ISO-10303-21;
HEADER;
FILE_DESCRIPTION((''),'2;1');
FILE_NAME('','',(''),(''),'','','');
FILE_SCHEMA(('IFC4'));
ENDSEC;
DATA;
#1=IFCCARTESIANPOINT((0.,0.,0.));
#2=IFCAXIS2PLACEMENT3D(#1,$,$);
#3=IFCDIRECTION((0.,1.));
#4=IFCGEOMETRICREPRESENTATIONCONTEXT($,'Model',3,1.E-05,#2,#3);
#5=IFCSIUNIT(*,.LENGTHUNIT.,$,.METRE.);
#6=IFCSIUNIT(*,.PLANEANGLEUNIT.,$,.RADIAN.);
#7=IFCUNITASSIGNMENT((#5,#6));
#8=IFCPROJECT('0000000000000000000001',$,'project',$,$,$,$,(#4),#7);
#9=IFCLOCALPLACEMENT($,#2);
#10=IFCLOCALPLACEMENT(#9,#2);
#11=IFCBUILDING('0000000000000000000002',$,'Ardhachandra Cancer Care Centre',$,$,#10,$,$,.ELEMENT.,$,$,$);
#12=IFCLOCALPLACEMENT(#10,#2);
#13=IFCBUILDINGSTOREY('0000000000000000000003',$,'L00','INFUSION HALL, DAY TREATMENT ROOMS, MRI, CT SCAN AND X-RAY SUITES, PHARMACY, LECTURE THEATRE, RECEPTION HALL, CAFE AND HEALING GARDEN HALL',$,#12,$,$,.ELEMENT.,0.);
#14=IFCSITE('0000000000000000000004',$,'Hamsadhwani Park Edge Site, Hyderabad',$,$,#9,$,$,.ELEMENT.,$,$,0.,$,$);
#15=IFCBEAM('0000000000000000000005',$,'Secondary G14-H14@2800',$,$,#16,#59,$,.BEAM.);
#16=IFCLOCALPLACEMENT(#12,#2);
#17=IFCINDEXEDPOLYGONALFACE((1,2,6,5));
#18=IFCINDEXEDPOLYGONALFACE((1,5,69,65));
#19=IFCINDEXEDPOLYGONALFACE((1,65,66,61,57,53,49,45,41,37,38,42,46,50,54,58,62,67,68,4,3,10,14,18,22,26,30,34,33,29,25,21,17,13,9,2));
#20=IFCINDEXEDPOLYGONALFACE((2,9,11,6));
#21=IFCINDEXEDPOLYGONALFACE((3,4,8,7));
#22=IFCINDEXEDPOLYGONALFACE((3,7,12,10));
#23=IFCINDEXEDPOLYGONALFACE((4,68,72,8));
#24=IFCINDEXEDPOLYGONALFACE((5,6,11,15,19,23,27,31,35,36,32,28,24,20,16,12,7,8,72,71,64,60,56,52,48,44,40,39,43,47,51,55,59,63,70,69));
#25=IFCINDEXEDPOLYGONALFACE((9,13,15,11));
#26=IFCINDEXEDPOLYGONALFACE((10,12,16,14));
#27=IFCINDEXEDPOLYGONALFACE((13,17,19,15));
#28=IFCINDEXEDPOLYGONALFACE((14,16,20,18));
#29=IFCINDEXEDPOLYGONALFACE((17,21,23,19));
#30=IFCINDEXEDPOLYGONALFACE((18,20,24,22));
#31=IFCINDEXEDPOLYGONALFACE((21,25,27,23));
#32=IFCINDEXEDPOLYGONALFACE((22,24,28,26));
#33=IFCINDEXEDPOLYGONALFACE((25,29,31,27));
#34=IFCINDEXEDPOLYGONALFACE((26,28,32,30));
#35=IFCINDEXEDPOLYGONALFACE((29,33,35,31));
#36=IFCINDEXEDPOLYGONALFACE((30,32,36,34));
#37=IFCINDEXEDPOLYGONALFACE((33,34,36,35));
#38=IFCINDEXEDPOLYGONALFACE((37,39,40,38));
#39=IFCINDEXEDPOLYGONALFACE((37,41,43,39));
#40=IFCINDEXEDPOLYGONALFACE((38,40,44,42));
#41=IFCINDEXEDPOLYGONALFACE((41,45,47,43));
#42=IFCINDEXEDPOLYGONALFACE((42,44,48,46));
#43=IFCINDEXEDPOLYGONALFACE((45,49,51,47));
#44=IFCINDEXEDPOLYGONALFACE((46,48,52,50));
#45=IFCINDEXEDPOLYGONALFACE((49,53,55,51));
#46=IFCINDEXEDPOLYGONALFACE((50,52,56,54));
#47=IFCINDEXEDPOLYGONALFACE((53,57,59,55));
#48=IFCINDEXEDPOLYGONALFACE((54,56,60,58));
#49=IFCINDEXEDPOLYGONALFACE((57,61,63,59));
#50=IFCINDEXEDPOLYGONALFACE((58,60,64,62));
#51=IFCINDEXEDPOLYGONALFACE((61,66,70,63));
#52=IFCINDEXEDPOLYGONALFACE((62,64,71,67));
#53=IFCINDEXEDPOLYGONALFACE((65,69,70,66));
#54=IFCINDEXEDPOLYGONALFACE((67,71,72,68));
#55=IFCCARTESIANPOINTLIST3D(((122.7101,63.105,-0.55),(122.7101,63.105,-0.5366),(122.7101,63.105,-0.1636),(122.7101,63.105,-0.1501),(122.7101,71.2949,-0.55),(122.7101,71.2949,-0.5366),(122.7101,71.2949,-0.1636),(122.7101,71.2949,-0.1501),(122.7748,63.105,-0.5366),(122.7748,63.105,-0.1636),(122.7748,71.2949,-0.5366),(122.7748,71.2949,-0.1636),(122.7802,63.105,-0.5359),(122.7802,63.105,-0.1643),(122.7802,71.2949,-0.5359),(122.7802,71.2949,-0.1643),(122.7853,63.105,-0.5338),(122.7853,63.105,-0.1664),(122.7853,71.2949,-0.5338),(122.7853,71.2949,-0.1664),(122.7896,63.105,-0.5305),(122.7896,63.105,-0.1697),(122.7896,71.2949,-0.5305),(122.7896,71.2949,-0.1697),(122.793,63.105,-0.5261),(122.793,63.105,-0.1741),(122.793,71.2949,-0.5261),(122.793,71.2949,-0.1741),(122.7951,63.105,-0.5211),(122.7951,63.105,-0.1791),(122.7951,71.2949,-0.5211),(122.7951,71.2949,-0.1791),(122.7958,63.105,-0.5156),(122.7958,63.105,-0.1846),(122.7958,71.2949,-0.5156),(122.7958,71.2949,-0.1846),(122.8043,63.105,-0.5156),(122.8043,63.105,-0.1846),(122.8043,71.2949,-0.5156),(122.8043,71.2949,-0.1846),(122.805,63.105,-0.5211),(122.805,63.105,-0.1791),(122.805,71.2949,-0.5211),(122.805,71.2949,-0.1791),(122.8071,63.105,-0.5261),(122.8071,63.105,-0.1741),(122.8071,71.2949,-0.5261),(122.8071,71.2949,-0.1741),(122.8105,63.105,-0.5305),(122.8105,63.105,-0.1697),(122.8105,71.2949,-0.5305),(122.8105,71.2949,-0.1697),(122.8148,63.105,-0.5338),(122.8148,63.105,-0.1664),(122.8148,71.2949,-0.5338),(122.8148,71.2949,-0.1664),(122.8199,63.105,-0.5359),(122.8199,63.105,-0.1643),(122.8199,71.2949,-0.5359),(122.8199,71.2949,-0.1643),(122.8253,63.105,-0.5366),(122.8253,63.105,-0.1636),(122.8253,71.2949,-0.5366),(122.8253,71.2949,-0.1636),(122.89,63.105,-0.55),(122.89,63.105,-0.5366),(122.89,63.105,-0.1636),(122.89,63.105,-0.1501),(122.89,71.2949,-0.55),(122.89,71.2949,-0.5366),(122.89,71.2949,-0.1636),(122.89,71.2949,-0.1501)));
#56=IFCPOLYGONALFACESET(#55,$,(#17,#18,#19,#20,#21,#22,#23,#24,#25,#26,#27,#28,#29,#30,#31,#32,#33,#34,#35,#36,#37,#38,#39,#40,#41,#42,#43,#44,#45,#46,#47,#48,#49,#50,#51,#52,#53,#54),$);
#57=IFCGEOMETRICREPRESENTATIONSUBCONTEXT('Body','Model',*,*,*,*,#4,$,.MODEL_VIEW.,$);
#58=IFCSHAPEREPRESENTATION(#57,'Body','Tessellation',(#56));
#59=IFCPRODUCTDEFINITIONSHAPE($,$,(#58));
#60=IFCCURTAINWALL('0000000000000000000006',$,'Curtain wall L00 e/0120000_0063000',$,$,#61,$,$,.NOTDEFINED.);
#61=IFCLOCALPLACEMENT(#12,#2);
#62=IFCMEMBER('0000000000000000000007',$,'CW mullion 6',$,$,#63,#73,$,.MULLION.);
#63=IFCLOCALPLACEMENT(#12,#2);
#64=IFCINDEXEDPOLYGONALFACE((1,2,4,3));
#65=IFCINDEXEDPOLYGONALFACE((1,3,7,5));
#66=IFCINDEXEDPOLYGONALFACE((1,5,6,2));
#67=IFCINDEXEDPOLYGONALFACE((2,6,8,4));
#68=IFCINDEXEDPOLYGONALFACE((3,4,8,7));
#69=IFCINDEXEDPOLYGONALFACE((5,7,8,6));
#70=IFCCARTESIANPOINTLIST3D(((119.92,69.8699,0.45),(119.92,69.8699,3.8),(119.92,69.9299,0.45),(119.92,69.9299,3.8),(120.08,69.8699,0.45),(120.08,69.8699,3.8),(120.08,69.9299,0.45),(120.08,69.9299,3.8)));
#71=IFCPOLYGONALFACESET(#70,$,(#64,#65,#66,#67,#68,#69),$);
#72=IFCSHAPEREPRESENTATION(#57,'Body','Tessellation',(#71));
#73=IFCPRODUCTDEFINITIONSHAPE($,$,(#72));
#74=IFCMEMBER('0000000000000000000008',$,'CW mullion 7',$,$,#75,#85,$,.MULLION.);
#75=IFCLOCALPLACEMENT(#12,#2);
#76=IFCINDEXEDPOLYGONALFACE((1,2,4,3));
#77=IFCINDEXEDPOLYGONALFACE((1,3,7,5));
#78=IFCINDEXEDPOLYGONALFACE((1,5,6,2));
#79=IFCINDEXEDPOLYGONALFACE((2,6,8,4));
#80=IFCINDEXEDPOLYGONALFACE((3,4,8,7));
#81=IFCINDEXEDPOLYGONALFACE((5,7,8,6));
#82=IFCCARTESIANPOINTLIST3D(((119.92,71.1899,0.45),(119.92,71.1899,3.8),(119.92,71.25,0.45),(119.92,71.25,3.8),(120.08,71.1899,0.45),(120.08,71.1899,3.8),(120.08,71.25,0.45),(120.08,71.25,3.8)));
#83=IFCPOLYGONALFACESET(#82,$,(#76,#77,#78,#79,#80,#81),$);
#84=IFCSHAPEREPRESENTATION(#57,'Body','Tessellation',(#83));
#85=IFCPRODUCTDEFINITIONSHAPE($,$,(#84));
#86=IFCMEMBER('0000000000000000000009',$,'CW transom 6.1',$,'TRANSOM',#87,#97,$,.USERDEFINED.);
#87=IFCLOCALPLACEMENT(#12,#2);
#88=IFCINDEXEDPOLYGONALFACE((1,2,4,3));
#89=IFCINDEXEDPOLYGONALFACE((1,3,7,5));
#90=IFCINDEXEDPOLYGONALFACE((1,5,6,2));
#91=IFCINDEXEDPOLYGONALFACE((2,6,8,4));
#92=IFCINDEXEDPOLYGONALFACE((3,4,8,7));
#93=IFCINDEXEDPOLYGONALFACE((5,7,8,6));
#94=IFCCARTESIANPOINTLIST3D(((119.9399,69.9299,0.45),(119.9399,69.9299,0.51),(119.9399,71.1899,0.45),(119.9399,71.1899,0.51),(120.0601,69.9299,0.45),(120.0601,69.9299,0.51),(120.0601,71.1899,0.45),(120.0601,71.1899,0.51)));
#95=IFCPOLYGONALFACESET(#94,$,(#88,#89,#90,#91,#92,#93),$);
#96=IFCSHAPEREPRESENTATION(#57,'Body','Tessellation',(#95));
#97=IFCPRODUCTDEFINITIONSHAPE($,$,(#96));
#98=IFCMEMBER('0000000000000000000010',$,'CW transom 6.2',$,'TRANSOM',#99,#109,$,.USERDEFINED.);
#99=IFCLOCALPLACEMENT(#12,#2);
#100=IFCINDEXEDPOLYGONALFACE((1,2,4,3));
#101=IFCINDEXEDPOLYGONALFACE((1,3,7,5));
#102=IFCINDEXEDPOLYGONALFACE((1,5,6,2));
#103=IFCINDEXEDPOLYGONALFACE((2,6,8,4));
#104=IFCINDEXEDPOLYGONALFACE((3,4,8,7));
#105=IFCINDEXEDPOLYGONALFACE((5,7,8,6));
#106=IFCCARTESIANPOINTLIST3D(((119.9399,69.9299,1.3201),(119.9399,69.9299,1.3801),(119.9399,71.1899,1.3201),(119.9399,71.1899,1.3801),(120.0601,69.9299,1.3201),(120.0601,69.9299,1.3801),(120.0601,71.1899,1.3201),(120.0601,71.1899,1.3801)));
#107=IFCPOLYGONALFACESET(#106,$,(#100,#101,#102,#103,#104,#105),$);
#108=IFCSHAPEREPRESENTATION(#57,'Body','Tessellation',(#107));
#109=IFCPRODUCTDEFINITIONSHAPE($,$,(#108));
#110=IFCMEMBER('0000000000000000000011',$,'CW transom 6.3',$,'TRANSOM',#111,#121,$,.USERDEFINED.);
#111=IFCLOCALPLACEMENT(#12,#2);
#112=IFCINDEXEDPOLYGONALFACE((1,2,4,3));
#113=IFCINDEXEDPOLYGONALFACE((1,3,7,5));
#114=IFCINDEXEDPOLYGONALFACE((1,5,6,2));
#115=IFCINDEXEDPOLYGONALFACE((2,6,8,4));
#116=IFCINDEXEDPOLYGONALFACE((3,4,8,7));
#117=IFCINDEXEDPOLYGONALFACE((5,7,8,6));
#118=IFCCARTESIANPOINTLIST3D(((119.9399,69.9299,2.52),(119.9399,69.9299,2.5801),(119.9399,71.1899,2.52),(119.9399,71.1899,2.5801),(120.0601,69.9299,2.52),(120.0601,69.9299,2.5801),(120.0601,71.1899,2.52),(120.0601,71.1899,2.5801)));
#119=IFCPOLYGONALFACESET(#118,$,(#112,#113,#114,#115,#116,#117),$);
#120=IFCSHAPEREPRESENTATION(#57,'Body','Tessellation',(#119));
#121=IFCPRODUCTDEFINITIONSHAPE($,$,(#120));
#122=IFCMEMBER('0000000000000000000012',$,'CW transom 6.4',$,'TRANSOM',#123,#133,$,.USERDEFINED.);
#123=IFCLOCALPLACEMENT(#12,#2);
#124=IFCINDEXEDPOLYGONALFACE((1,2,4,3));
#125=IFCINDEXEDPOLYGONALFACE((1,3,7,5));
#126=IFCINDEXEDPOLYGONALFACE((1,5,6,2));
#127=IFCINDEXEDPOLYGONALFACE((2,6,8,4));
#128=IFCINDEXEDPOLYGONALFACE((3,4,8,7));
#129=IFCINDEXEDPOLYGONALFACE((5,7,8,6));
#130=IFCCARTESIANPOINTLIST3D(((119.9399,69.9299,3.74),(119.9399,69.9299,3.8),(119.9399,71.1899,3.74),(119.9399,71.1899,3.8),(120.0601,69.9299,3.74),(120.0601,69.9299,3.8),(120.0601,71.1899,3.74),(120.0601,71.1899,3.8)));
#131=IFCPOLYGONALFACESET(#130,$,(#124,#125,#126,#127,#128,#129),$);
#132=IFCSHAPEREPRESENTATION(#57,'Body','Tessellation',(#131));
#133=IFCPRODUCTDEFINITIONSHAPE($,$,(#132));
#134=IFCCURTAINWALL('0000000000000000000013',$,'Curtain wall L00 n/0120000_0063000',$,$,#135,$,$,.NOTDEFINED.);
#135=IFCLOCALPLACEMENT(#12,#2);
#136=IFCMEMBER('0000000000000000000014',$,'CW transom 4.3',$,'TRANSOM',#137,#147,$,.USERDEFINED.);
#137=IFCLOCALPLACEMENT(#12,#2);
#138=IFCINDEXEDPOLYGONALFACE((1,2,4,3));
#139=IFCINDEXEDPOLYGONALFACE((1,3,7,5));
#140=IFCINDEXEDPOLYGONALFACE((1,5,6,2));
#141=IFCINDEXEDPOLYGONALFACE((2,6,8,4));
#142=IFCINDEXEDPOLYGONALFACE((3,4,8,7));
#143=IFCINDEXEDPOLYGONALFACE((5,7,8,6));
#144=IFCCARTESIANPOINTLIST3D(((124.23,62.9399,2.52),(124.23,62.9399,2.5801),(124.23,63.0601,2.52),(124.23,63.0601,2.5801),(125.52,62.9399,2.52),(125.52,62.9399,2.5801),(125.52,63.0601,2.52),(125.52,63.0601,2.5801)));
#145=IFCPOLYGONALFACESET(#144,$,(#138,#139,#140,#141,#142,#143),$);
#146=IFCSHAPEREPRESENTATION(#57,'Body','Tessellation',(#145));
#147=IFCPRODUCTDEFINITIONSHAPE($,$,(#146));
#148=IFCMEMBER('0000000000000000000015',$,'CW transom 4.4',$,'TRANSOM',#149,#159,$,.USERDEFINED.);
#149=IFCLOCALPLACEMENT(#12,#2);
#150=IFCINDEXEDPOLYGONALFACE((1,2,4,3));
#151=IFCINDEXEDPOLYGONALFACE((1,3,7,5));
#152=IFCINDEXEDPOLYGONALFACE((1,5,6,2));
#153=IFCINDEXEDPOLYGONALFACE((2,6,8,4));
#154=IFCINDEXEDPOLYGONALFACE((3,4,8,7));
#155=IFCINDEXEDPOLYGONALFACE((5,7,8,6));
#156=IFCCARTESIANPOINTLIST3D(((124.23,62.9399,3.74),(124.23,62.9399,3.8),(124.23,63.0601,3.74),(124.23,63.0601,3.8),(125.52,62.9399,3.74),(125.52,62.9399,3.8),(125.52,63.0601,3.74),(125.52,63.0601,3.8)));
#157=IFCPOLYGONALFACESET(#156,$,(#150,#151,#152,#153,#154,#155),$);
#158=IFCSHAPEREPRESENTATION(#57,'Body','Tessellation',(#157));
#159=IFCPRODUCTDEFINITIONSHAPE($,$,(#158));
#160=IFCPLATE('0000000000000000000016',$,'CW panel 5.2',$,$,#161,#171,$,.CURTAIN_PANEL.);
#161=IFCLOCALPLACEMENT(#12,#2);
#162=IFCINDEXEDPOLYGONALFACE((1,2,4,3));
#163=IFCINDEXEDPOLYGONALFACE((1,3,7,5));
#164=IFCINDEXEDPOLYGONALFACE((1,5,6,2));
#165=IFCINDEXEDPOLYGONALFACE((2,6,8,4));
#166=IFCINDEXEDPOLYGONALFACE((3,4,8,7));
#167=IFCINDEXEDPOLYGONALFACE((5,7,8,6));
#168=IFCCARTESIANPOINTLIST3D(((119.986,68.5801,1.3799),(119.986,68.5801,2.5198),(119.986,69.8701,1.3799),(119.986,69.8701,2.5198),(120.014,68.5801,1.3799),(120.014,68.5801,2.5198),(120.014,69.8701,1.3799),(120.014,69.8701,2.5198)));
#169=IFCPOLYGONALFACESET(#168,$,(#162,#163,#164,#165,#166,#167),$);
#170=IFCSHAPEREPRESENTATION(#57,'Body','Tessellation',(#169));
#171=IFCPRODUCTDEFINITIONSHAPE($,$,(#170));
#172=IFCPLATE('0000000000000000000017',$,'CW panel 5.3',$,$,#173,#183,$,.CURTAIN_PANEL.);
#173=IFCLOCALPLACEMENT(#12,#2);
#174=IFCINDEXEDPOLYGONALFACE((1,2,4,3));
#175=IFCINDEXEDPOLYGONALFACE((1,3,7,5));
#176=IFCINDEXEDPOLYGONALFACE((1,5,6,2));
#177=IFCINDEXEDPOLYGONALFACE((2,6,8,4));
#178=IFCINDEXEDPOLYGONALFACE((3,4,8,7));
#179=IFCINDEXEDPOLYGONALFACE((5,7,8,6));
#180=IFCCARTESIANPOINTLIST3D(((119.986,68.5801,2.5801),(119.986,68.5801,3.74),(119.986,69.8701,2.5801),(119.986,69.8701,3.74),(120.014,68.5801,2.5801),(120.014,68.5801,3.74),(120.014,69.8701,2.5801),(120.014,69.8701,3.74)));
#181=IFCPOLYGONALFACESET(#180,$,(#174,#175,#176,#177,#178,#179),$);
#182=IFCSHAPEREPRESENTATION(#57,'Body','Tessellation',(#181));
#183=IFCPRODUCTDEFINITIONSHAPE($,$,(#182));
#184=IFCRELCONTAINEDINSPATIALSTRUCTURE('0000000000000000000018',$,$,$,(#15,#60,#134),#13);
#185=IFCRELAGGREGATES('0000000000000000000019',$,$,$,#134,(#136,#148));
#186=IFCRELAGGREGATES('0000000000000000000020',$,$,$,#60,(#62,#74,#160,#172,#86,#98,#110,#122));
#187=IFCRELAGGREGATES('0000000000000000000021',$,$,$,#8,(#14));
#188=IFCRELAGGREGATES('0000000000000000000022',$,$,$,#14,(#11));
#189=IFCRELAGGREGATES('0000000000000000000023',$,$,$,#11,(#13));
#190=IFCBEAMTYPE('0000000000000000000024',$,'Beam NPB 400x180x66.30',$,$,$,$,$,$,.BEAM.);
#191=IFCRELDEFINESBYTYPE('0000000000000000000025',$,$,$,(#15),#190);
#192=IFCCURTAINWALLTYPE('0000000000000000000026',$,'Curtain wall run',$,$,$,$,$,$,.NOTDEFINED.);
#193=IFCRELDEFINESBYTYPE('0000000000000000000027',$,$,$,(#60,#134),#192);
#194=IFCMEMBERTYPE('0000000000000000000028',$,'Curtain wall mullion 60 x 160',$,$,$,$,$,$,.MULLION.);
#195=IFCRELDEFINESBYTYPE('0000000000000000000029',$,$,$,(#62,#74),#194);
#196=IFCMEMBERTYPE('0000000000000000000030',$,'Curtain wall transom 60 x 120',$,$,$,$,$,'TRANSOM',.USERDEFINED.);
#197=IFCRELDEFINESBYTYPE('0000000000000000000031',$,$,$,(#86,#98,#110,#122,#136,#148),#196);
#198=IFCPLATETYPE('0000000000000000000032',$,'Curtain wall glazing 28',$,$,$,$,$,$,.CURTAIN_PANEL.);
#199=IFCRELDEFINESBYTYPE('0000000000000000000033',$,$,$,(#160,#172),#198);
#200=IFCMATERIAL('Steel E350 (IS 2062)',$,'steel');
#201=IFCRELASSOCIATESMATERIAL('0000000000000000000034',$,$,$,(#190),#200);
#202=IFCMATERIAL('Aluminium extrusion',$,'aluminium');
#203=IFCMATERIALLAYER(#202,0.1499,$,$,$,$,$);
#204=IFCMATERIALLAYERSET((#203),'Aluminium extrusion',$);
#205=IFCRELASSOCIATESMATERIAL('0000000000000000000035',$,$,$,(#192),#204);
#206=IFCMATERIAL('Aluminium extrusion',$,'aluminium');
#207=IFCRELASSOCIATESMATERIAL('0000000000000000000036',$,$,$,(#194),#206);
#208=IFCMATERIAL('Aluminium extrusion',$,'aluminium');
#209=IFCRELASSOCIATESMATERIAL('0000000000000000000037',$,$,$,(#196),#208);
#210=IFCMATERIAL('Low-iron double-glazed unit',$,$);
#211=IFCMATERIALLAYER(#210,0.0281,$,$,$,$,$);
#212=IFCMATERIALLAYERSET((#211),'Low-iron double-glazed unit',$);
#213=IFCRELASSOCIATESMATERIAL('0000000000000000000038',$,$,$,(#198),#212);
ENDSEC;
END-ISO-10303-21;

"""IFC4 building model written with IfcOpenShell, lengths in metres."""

from ifc_helpers import new_model, si_unit, direction, frame, origin, origin_2d, place, context, subcontext, project, spatial, rectangle, i_section, extrude, material, layer, layer_set, material_profile, profile_set, type_object, element, aggregate, save


model = new_model("IFC4")

# Units and contexts
model_context = context("Model", 3, precision=1e-05, world=origin(), true_north=direction((0.0, 1.0)))
body_context = subcontext(model_context, "Body", "Model", "MODEL_VIEW")
ifc_project = project(units=[si_unit("LENGTHUNIT", "METRE"), si_unit("PLANEANGLEUNIT", "RADIAN")], contexts=[model_context])

# Site, building, storey
site_placement = place(None, origin())
site = spatial("IfcSite", under=ifc_project, at=site_placement, Name="Hamsadhwani Park Edge Site, Hyderabad", CompositionType="ELEMENT", RefElevation=0.0)
building_placement = place(site_placement, origin())
building = spatial("IfcBuilding", under=site, at=building_placement, Name="Ardhachandra Cancer Care Centre", CompositionType="ELEMENT")
storey_placement = place(building_placement, origin())
storey = spatial("IfcBuildingStorey", under=building, at=storey_placement, Name="L00", Description="INFUSION HALL, DAY TREATMENT ROOMS, MRI, CT SCAN AND X-RAY SUITES, PHARMACY, LECTURE THEATRE, RECEPTION HALL, CAFE AND HEALING GARDEN HALL", CompositionType="ELEMENT", Elevation=0.0)

# Beam
ifc_material_1 = material(Name="Steel E350 (IS 2062)", Category="steel")
ifc_material_profile_1 = material_profile(ifc_material_1, i_section(OverallWidth=0.1799, OverallDepth=0.3999, WebThickness=0.0085, FlangeThickness=0.0134, FilletRadius=0.021, at=origin_2d()), Name="NPB 400x180x66.30")
ifc_profile_set_1 = profile_set([ifc_material_profile_1], Name="Steel E350 (IS 2062)")
beam_type = type_object("IfcBeamType", Name="Beam NPB 400x180x66.30", PredefinedType="BEAM", material=ifc_profile_set_1)
beam_placement = place(storey_placement, frame((122.8, 63.105, -0.3501), z_axis=(0.0, 1.0, 0.0), x_axis=(-1.0, 0.0, 0.0)))
element("IfcBeam", 1, at=beam_placement, inside=storey, type_object=beam_type, Name="Secondary G14-H14@2800", PredefinedType="BEAM", context=body_context, shape_type="SweptSolid", body=[
    extrude(i_section(OverallWidth=0.1799, OverallDepth=0.3999, WebThickness=0.0085, FlangeThickness=0.0134, FilletRadius=0.021, at=origin_2d()), origin(), (0.0, 0.0, 1.0), 8.1899),
])

# Curtain walls, members
ifc_material_2 = material(Name="Aluminium extrusion", Category="aluminium")
ifc_layer_1 = layer(ifc_material_2, 0.1499)
ifc_layer_set_1 = layer_set([ifc_layer_1], Name="Aluminium extrusion")
curtain_wall_type = type_object("IfcCurtainWallType", Name="Curtain wall run", PredefinedType="NOTDEFINED", material=ifc_layer_set_1)
curtain_wall_1_placement = place(storey_placement, origin())
curtain_wall_1 = element("IfcCurtainWall", 2, at=curtain_wall_1_placement, inside=storey, type_object=curtain_wall_type, Name="Curtain wall L00 e/0120000_0063000", PredefinedType="NOTDEFINED")
ifc_material_3 = material(Name="Aluminium extrusion", Category="aluminium")
ifc_material_profile_2 = material_profile(ifc_material_3, rectangle(XDim=0.1599, YDim=0.0601, at=origin_2d()), Name="Curtain wall mullion 60 x 160")
ifc_profile_set_2 = profile_set([ifc_material_profile_2], Name="Aluminium extrusion")
member_type_1 = type_object("IfcMemberType", Name="Curtain wall mullion 60 x 160", PredefinedType="MULLION", material=ifc_profile_set_2)
member_1_placement = place(storey_placement, frame((120.0, 69.8999, 0.45), z_axis=(0.0, 0.0, 1.0), x_axis=(-1.0, 0.0, 0.0)))
member_1 = element("IfcMember", 3, at=member_1_placement, type_object=member_type_1, Name="CW mullion 6", PredefinedType="MULLION", context=body_context, shape_type="SweptSolid", body=[
    extrude(rectangle(XDim=0.1599, YDim=0.0601, at=origin_2d()), origin(), (0.0, 0.0, 1.0), 3.3501),
])
member_2_placement = place(storey_placement, frame((120.0, 71.22, 0.45), z_axis=(0.0, 0.0, 1.0), x_axis=(-1.0, 0.0, 0.0)))
member_2 = element("IfcMember", 4, at=member_2_placement, type_object=member_type_1, Name="CW mullion 7", PredefinedType="MULLION", context=body_context, shape_type="SweptSolid", body=[
    extrude(rectangle(XDim=0.1599, YDim=0.0601, at=origin_2d()), origin(), (0.0, 0.0, 1.0), 3.3501),
])
ifc_material_4 = material(Name="Aluminium extrusion", Category="aluminium")
ifc_material_profile_3 = material_profile(ifc_material_4, rectangle(XDim=0.1201, YDim=0.0601, at=origin_2d()), Name="Curtain wall transom 60 x 120")
ifc_profile_set_3 = profile_set([ifc_material_profile_3], Name="Aluminium extrusion")
member_type_2 = type_object("IfcMemberType", Name="Curtain wall transom 60 x 120", ElementType="TRANSOM", PredefinedType="USERDEFINED", material=ifc_profile_set_3)
member_3_placement = place(storey_placement, frame((120.0, 69.9299, 0.48), z_axis=(0.0, 1.0, 0.0), x_axis=(-1.0, 0.0, 0.0)))
member_3 = element("IfcMember", 5, at=member_3_placement, type_object=member_type_2, Name="CW transom 6.1", ObjectType="TRANSOM", PredefinedType="USERDEFINED", context=body_context, shape_type="SweptSolid", body=[
    extrude(rectangle(XDim=0.1201, YDim=0.0601, at=origin_2d()), origin(), (0.0, 0.0, 1.0), 1.26),
])
member_4_placement = place(storey_placement, frame((120.0, 69.9299, 1.3501), z_axis=(0.0, 1.0, 0.0), x_axis=(-1.0, 0.0, 0.0)))
member_4 = element("IfcMember", 6, at=member_4_placement, type_object=member_type_2, Name="CW transom 6.2", ObjectType="TRANSOM", PredefinedType="USERDEFINED", context=body_context, shape_type="SweptSolid", body=[
    extrude(rectangle(XDim=0.1201, YDim=0.0601, at=origin_2d()), origin(), (0.0, 0.0, 1.0), 1.26),
])
member_5_placement = place(storey_placement, frame((120.0, 69.9299, 2.55), z_axis=(0.0, 1.0, 0.0), x_axis=(-1.0, 0.0, 0.0)))
member_5 = element("IfcMember", 7, at=member_5_placement, type_object=member_type_2, Name="CW transom 6.3", ObjectType="TRANSOM", PredefinedType="USERDEFINED", context=body_context, shape_type="SweptSolid", body=[
    extrude(rectangle(XDim=0.1201, YDim=0.0601, at=origin_2d()), origin(), (0.0, 0.0, 1.0), 1.26),
])
member_6_placement = place(storey_placement, frame((120.0, 69.9299, 3.77), z_axis=(0.0, 1.0, 0.0), x_axis=(-1.0, 0.0, 0.0)))
member_6 = element("IfcMember", 8, at=member_6_placement, type_object=member_type_2, Name="CW transom 6.4", ObjectType="TRANSOM", PredefinedType="USERDEFINED", context=body_context, shape_type="SweptSolid", body=[
    extrude(rectangle(XDim=0.1201, YDim=0.0601, at=origin_2d()), origin(), (0.0, 0.0, 1.0), 1.26),
])
curtain_wall_2_placement = place(storey_placement, origin())
curtain_wall_2 = element("IfcCurtainWall", 9, at=curtain_wall_2_placement, inside=storey, type_object=curtain_wall_type, Name="Curtain wall L00 n/0120000_0063000", PredefinedType="NOTDEFINED")
member_7_placement = place(storey_placement, frame((124.23, 63.0, 2.55), z_axis=(1.0, 0.0, 0.0), x_axis=(0.0, 1.0, 0.0)))
member_7 = element("IfcMember", 10, at=member_7_placement, type_object=member_type_2, Name="CW transom 4.3", ObjectType="TRANSOM", PredefinedType="USERDEFINED", context=body_context, shape_type="SweptSolid", body=[
    extrude(rectangle(XDim=0.1201, YDim=0.0601, at=origin_2d()), origin(), (0.0, 0.0, 1.0), 1.29),
])
member_8_placement = place(storey_placement, frame((124.23, 63.0, 3.77), z_axis=(1.0, 0.0, 0.0), x_axis=(0.0, 1.0, 0.0)))
member_8 = element("IfcMember", 11, at=member_8_placement, type_object=member_type_2, Name="CW transom 4.4", ObjectType="TRANSOM", PredefinedType="USERDEFINED", context=body_context, shape_type="SweptSolid", body=[
    extrude(rectangle(XDim=0.1201, YDim=0.0601, at=origin_2d()), origin(), (0.0, 0.0, 1.0), 1.29),
])
aggregate(curtain_wall_2, [member_7, member_8])

# Plates
ifc_material_5 = material(Name="Low-iron double-glazed unit")
ifc_layer_2 = layer(ifc_material_5, 0.0281)
ifc_layer_set_2 = layer_set([ifc_layer_2], Name="Low-iron double-glazed unit")
plate_type_1 = type_object("IfcPlateType", Name="Curtain wall glazing 28", PredefinedType="CURTAIN_PANEL", material=ifc_layer_set_2)
plate_1_placement = place(storey_placement, frame((120.0, 69.2251, 1.3799), z_axis=(0.0, 0.0, 1.0), x_axis=(0.0, 1.0, 0.0)))
plate_1 = element("IfcPlate", 12, at=plate_1_placement, type_object=plate_type_1, Name="CW panel 5.2", PredefinedType="CURTAIN_PANEL", context=body_context, shape_type="SweptSolid", body=[
    extrude(rectangle(XDim=1.29, YDim=0.0281, at=origin_2d()), origin(), (0.0, 0.0, 1.0), 1.1399),
])
plate_2_placement = place(storey_placement, frame((120.0, 69.2251, 2.5801), z_axis=(0.0, 0.0, 1.0), x_axis=(0.0, 1.0, 0.0)))
plate_2 = element("IfcPlate", 13, at=plate_2_placement, type_object=plate_type_1, Name="CW panel 5.3", PredefinedType="CURTAIN_PANEL", context=body_context, shape_type="SweptSolid", body=[
    extrude(rectangle(XDim=1.29, YDim=0.0281, at=origin_2d()), origin(), (0.0, 0.0, 1.0), 1.1599),
])
aggregate(curtain_wall_1, [member_1, member_2, plate_1, plate_2, member_3, member_4, member_5, member_6])

save(model, "model.ifc")
